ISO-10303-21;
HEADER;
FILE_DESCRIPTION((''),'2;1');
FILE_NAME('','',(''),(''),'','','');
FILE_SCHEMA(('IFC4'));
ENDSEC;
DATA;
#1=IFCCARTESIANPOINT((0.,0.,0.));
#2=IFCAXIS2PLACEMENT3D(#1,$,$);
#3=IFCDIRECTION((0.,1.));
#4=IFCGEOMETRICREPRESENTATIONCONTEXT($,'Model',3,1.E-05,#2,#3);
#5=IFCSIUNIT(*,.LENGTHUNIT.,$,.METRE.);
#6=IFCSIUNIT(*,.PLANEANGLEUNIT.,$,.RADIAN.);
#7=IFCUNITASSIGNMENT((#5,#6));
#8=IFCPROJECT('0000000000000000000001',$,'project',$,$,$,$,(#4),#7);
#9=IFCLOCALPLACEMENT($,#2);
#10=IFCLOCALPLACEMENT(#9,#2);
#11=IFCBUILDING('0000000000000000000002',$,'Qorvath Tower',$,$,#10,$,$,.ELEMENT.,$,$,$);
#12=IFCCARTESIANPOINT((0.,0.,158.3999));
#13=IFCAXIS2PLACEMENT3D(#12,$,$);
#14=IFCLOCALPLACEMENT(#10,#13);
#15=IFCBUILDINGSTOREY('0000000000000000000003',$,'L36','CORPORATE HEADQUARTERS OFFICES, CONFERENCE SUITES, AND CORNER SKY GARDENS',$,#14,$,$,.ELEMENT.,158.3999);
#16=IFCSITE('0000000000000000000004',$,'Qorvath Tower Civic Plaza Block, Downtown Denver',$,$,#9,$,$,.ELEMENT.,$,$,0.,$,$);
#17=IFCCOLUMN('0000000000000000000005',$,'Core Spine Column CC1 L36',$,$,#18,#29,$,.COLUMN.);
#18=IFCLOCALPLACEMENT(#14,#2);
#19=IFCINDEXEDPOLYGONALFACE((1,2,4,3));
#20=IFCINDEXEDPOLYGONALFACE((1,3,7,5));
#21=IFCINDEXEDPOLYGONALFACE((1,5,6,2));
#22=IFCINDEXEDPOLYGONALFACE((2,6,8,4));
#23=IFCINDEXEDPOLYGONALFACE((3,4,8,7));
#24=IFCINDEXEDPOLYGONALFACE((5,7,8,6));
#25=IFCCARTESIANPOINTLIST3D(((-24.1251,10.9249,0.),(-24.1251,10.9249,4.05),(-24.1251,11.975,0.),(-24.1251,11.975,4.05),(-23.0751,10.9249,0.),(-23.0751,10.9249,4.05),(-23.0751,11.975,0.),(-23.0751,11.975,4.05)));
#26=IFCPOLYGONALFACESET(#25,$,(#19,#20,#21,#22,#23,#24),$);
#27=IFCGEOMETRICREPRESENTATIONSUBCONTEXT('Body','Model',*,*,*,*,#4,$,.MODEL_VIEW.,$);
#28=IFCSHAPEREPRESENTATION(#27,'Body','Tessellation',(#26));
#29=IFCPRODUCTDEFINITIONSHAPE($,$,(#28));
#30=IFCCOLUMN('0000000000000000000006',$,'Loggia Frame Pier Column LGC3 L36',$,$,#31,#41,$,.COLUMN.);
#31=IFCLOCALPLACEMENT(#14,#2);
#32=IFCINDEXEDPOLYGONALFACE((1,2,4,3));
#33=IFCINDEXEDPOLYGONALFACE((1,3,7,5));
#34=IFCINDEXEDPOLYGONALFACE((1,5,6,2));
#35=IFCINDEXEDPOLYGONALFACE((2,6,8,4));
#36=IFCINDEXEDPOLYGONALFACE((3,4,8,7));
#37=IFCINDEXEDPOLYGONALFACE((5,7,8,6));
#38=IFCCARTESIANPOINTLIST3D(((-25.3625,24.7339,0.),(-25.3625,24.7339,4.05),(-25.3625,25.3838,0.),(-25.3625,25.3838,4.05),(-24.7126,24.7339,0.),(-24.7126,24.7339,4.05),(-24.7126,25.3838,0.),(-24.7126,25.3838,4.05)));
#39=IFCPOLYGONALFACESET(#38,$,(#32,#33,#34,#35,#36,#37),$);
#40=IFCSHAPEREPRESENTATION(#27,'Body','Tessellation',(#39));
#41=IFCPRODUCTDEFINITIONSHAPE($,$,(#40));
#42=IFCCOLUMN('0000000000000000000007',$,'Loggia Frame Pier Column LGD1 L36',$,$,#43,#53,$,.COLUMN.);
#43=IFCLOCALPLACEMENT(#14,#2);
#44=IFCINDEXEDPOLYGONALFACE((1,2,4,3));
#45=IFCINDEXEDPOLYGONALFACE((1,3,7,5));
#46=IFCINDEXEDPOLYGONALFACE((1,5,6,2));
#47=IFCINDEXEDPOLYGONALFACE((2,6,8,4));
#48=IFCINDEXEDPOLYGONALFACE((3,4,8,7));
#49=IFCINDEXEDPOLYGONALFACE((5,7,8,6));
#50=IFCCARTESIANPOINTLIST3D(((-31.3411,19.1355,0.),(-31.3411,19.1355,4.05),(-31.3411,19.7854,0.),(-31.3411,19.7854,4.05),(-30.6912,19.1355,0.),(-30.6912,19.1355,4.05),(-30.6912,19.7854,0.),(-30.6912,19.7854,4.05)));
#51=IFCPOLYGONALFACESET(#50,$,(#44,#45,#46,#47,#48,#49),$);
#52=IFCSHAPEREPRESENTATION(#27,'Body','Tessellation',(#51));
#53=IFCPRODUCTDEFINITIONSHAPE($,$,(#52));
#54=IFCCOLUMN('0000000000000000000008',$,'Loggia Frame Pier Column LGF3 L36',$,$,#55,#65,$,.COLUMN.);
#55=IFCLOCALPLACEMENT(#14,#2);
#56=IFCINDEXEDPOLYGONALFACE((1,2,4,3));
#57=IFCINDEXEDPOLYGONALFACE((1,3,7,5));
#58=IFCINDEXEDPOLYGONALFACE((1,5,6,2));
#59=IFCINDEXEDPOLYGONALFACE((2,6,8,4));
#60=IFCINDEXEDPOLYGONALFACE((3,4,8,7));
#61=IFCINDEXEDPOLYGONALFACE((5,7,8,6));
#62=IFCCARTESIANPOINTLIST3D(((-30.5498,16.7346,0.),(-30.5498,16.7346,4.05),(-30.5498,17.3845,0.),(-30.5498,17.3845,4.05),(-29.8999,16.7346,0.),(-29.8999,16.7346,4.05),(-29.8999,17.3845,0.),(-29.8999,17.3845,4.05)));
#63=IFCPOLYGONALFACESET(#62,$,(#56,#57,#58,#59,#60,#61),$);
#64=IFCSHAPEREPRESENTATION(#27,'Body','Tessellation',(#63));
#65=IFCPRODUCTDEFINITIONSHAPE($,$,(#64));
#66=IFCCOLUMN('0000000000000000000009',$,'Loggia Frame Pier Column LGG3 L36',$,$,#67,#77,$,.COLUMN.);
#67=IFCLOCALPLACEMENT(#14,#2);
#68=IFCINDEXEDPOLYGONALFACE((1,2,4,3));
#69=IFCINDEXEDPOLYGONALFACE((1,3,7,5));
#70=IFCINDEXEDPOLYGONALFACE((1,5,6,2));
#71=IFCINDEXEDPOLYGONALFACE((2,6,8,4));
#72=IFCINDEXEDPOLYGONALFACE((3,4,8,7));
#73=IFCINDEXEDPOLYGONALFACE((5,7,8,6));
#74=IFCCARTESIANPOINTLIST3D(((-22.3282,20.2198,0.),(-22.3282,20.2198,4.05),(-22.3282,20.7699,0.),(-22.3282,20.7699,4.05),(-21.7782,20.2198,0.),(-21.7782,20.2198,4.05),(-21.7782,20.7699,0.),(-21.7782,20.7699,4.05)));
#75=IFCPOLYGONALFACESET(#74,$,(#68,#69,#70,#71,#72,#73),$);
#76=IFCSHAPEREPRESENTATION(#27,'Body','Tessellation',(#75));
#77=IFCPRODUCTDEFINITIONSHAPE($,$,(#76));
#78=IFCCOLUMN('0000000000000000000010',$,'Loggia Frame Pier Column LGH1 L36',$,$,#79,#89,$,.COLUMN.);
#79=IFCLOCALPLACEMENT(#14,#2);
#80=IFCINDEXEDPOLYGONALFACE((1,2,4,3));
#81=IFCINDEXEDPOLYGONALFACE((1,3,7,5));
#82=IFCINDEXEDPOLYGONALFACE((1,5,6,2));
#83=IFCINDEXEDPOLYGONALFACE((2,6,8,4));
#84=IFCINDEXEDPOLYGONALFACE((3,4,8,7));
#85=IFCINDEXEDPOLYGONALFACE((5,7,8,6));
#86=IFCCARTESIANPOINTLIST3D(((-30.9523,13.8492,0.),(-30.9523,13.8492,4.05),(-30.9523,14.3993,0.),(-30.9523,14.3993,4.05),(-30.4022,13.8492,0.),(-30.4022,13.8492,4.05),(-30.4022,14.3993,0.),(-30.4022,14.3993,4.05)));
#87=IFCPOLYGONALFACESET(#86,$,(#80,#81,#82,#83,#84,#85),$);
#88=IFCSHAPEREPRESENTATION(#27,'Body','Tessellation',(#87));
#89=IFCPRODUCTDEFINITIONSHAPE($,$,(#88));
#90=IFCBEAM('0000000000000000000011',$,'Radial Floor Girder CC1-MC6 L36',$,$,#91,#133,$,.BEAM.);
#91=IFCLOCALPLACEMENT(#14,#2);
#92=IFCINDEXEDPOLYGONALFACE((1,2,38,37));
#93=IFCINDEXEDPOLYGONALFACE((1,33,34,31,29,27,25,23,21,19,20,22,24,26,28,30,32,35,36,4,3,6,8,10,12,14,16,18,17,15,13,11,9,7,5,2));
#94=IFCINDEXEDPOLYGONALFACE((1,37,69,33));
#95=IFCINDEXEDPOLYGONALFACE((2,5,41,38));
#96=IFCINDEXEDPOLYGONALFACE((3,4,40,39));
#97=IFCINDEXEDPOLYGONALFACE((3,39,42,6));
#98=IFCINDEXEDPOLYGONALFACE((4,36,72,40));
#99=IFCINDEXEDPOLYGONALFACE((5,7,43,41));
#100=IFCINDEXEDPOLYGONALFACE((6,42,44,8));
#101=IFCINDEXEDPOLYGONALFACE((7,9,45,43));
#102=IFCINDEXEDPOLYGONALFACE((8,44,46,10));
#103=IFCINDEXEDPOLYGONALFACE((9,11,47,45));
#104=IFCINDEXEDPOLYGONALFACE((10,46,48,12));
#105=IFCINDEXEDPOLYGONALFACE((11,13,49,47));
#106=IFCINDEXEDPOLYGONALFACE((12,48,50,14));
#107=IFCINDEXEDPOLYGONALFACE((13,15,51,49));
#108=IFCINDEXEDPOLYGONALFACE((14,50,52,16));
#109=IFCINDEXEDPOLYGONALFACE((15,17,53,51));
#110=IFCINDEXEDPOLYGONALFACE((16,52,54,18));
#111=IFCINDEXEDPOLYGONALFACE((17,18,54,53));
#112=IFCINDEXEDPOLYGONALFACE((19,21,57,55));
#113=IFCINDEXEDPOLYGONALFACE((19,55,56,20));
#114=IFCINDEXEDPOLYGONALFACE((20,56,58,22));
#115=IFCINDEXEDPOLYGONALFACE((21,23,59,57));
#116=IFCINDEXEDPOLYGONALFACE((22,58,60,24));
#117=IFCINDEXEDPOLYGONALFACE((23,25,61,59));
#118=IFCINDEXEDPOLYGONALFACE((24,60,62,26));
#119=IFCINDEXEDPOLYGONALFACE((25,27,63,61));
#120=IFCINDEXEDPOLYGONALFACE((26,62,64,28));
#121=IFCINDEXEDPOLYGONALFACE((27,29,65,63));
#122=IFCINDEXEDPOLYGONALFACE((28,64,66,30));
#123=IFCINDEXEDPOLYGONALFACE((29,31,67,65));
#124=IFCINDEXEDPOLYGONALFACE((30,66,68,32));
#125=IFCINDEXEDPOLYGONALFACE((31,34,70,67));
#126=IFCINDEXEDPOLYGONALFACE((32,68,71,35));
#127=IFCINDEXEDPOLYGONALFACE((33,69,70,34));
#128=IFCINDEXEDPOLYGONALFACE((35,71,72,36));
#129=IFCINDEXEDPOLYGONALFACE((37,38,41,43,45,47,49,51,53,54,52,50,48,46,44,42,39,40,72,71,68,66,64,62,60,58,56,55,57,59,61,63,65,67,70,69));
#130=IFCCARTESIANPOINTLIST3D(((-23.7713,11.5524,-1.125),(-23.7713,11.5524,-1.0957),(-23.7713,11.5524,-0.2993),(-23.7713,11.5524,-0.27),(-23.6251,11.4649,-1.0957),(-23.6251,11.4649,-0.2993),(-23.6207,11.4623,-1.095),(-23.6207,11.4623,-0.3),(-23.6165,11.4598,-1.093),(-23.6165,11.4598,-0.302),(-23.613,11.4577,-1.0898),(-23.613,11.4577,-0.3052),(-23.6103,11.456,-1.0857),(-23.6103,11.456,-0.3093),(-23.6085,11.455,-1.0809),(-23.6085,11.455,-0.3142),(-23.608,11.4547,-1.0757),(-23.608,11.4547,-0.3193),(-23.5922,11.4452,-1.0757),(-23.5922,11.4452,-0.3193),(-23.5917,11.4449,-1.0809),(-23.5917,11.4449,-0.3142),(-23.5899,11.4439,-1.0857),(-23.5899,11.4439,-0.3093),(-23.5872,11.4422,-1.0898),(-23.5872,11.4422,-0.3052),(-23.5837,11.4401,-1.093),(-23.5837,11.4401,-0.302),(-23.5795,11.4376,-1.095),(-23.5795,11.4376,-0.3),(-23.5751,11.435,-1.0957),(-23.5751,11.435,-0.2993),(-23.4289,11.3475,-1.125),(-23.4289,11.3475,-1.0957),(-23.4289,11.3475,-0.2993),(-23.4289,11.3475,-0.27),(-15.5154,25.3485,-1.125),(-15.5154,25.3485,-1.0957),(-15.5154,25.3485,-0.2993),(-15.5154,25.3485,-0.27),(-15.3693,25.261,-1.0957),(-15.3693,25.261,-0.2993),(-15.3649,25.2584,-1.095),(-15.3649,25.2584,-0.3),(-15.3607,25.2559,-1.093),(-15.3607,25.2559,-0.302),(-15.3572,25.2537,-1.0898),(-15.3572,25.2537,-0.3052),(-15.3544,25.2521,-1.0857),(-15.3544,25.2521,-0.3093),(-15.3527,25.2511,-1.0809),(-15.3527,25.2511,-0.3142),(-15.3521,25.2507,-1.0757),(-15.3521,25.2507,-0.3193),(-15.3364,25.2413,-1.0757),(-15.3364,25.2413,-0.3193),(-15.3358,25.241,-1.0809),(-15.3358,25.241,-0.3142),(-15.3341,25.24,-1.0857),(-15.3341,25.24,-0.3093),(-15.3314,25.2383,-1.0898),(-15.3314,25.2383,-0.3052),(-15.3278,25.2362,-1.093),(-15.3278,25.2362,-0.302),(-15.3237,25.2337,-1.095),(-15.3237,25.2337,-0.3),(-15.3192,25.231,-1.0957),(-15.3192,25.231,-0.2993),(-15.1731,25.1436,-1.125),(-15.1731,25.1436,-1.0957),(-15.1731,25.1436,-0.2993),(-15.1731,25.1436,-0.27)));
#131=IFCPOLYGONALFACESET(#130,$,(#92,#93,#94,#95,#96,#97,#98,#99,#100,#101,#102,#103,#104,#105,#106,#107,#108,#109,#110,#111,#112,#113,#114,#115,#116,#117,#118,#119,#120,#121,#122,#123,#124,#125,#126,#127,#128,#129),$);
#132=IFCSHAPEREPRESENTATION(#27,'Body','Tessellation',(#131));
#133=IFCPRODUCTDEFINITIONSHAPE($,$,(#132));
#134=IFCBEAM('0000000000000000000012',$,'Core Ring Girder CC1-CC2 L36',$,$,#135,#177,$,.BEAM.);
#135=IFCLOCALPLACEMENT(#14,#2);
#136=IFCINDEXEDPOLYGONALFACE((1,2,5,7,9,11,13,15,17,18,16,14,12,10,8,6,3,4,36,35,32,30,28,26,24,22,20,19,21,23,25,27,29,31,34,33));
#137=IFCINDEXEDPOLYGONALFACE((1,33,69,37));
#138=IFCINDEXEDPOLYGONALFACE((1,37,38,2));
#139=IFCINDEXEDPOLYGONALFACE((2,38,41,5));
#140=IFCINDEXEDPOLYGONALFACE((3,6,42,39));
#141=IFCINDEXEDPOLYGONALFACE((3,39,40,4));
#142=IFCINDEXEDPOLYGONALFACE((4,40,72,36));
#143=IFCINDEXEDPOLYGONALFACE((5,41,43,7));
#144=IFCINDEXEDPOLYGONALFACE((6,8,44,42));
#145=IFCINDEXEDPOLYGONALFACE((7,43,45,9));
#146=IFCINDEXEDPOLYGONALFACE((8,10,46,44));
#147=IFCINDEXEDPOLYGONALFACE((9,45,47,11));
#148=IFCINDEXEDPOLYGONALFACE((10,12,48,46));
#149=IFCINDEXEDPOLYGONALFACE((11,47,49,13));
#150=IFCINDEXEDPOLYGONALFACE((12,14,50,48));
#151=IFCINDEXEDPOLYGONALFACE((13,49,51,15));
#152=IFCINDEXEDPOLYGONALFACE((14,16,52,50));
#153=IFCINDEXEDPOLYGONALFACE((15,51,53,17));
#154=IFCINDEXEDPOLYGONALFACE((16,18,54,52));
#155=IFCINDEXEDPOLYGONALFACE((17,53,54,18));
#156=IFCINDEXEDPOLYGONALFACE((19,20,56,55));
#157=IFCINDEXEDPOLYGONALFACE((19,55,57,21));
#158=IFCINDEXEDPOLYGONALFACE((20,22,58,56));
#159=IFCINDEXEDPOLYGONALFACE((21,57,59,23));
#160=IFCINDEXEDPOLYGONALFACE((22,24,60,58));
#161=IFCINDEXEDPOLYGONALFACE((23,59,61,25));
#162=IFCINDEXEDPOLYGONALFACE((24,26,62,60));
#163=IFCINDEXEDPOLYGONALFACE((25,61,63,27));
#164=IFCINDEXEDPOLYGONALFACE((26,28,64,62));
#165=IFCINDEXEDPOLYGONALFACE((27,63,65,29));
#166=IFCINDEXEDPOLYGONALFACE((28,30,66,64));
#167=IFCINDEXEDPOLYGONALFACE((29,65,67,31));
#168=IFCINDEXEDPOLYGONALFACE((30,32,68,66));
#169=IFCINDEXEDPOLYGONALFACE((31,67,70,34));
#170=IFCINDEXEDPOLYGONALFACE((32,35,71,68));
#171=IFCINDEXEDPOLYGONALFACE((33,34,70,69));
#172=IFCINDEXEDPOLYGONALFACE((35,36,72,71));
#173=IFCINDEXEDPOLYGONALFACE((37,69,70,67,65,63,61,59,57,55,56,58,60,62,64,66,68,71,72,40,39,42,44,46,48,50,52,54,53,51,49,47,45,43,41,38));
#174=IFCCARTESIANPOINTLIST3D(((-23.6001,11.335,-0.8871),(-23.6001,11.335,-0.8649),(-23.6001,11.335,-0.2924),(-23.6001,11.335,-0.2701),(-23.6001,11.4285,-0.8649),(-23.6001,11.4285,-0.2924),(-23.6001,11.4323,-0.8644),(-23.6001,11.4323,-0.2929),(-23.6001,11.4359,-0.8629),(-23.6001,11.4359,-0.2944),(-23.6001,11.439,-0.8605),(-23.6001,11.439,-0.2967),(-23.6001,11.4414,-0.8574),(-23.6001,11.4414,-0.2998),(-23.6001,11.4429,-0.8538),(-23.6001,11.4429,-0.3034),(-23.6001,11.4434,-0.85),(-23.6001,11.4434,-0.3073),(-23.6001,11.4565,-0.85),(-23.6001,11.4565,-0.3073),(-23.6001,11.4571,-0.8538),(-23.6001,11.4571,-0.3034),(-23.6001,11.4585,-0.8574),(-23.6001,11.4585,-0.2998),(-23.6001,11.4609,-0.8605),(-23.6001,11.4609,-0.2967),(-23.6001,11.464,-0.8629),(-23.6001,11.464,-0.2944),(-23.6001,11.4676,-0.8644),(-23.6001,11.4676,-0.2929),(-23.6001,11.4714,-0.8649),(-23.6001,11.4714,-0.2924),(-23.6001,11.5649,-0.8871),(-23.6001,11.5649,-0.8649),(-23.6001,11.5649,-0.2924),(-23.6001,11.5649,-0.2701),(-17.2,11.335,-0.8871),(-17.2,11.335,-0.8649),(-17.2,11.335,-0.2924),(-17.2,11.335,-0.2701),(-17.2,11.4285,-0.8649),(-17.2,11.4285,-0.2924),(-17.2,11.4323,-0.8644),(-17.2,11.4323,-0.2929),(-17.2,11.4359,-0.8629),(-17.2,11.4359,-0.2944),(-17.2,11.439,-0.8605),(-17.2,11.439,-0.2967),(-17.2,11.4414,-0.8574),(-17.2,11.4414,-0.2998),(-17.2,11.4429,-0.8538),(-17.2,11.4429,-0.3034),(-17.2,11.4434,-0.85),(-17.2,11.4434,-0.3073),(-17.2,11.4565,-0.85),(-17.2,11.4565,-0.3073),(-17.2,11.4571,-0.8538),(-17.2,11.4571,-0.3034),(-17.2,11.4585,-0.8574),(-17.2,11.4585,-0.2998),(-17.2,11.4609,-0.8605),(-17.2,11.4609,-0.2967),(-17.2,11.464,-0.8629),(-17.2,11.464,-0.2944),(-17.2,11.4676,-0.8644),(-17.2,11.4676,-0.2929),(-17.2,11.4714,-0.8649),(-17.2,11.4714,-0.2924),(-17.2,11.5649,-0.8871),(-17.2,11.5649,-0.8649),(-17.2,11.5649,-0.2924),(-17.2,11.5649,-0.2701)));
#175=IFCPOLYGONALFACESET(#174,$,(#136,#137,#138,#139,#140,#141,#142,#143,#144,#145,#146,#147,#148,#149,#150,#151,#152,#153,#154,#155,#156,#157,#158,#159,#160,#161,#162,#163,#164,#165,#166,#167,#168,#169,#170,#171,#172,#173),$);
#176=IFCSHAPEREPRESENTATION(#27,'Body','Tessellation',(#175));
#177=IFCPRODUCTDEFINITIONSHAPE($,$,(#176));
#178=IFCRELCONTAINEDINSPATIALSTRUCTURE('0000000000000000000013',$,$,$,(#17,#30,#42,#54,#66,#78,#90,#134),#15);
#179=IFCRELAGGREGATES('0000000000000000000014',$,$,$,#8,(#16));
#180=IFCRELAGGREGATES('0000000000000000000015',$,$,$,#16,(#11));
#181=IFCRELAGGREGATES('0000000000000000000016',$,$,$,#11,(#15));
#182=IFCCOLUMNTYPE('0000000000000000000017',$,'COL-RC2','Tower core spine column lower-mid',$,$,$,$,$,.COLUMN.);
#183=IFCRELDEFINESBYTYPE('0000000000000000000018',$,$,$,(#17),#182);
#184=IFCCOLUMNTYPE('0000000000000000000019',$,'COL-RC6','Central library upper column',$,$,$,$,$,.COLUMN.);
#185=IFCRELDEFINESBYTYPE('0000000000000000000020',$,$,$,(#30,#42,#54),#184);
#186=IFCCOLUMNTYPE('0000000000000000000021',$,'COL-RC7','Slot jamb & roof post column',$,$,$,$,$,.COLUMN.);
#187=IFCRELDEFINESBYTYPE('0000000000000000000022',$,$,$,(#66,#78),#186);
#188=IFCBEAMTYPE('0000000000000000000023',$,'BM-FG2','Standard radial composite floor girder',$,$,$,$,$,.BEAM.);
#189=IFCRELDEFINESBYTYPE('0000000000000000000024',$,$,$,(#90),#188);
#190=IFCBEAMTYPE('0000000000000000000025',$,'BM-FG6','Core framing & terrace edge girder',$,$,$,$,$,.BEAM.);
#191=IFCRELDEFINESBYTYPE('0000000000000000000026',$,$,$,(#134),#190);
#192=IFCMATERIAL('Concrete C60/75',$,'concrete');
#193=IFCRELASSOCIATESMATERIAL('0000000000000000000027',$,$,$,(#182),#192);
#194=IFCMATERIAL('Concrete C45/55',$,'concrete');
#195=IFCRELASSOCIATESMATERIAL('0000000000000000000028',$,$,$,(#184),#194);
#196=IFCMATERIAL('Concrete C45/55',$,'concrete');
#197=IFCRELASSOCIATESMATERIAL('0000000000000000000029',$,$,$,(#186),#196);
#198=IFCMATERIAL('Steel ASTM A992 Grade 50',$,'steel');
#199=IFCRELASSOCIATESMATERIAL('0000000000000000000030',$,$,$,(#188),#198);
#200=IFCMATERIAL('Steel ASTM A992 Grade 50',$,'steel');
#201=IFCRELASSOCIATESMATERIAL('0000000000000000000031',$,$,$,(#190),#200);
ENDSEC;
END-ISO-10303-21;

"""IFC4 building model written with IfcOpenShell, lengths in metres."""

from ifc_helpers import new_model, si_unit, direction, frame, origin, origin_2d, place, context, subcontext, project, spatial, rectangle, i_section, extrude, material, material_profile, profile_set, type_object, element, save


model = new_model("IFC4")

# Units and contexts
model_context = context("Model", 3, precision=1e-05, world=origin(), true_north=direction((0.0, 1.0)))
body_context = subcontext(model_context, "Body", "Model", "MODEL_VIEW")
ifc_project = project(units=[si_unit("LENGTHUNIT", "METRE"), si_unit("PLANEANGLEUNIT", "RADIAN")], contexts=[model_context])

# Site, building, storey
site_placement = place(None, origin())
site = spatial("IfcSite", under=ifc_project, at=site_placement, Name="Qorvath Tower Civic Plaza Block, Downtown Denver", CompositionType="ELEMENT", RefElevation=0.0)
building_placement = place(site_placement, origin())
building = spatial("IfcBuilding", under=site, at=building_placement, Name="Qorvath Tower", CompositionType="ELEMENT")
storey_placement = place(building_placement, frame((0.0, 0.0, 158.3999)))
storey = spatial("IfcBuildingStorey", under=building, at=storey_placement, Name="L36", Description="CORPORATE HEADQUARTERS OFFICES, CONFERENCE SUITES, AND CORNER SKY GARDENS", CompositionType="ELEMENT", Elevation=158.3999)

# Columns
ifc_material_1 = material(Name="Concrete C60/75", Category="concrete")
ifc_material_profile_1 = material_profile(ifc_material_1, rectangle(XDim=1.05, YDim=1.05, at=origin_2d()), Name="RC 1050x1050")
ifc_profile_set_1 = profile_set([ifc_material_profile_1], Name="Concrete C60/75")
column_type_1 = type_object("IfcColumnType", Name="COL-RC2", Description="Tower core spine column lower-mid", PredefinedType="COLUMN", material=ifc_profile_set_1)
column_placement = place(storey_placement, frame((-23.6001, 11.45, 0.0), z_axis=(0.0, 0.0, 1.0), x_axis=(1.0, 0.0, 0.0)))
element("IfcColumn", 1, at=column_placement, inside=storey, type_object=column_type_1, Name="Core Spine Column CC1 L36", PredefinedType="COLUMN", context=body_context, shape_type="SweptSolid", body=[
    extrude(rectangle(XDim=1.05, YDim=1.05, at=origin_2d()), origin(), (0.0, 0.0, 1.0), 4.05),
])
ifc_material_2 = material(Name="Concrete C45/55", Category="concrete")
ifc_material_profile_2 = material_profile(ifc_material_2, rectangle(XDim=0.6499, YDim=0.6499, at=origin_2d()), Name="RC 650x650")
ifc_profile_set_2 = profile_set([ifc_material_profile_2], Name="Concrete C45/55")
column_type_2 = type_object("IfcColumnType", Name="COL-RC6", Description="Central library upper column", PredefinedType="COLUMN", material=ifc_profile_set_2)
for number, where, z_axis, x_axis, name in (
    (2, (-25.0376, 25.0588, 0.0), (0.0, 0.0, 1.0), (1.0, 0.0, 0.0), "Loggia Frame Pier Column LGC3 L36"),
    (3, (-31.0161, 19.4604, 0.0), (0.0, 0.0, 1.0), (1.0, 0.0, 0.0), "Loggia Frame Pier Column LGD1 L36"),
    (4, (-30.2249, 17.0596, 0.0), (0.0, 0.0, 1.0), (1.0, 0.0, 0.0), "Loggia Frame Pier Column LGF3 L36"),
):
    element("IfcColumn", number, at=place(storey_placement, frame(where, z_axis=z_axis, x_axis=x_axis)), inside=storey, type_object=column_type_2, Name=name, PredefinedType="COLUMN", context=body_context, shape_type="SweptSolid", body=[
        extrude(rectangle(XDim=0.6499, YDim=0.6499, at=origin_2d()), origin(), (0.0, 0.0, 1.0), 4.05),
    ])
ifc_material_3 = material(Name="Concrete C45/55", Category="concrete")
ifc_material_profile_3 = material_profile(ifc_material_3, rectangle(XDim=0.55, YDim=0.55, at=origin_2d()), Name="RC 550x550")
ifc_profile_set_3 = profile_set([ifc_material_profile_3], Name="Concrete C45/55")
column_type_3 = type_object("IfcColumnType", Name="COL-RC7", Description="Slot jamb & roof post column", PredefinedType="COLUMN", material=ifc_profile_set_3)
for number, where, z_axis, x_axis, name in (
    (5, (-22.0532, 20.4949, 0.0), (0.0, 0.0, 1.0), (1.0, 0.0, 0.0), "Loggia Frame Pier Column LGG3 L36"),
    (6, (-30.6772, 14.1243, 0.0), (0.0, 0.0, 1.0), (1.0, 0.0, 0.0), "Loggia Frame Pier Column LGH1 L36"),
):
    element("IfcColumn", number, at=place(storey_placement, frame(where, z_axis=z_axis, x_axis=x_axis)), inside=storey, type_object=column_type_3, Name=name, PredefinedType="COLUMN", context=body_context, shape_type="SweptSolid", body=[
        extrude(rectangle(XDim=0.55, YDim=0.55, at=origin_2d()), origin(), (0.0, 0.0, 1.0), 4.05),
    ])

# Beams
ifc_material_4 = material(Name="Steel ASTM A992 Grade 50", Category="steel")
ifc_material_profile_4 = material_profile(ifc_material_4, i_section(OverallWidth=0.3989, OverallDepth=0.855, WebThickness=0.0183, FlangeThickness=0.0293, FilletRadius=0.02, at=origin_2d()), Name="W33x201")
ifc_profile_set_4 = profile_set([ifc_material_profile_4], Name="Steel ASTM A992 Grade 50")
beam_type_1 = type_object("IfcBeamType", Name="BM-FG2", Description="Standard radial composite floor girder", PredefinedType="BEAM", material=ifc_profile_set_4)
beam_1_placement = place(storey_placement, frame((-23.6001, 11.45, -0.6975), z_axis=(0.513497, 0.858091, 0.0), x_axis=(-0.858091, 0.513497, 0.0)))
element("IfcBeam", 7, at=beam_1_placement, inside=storey, type_object=beam_type_1, Name="Radial Floor Girder CC1-MC6 L36", PredefinedType="BEAM", context=body_context, shape_type="SweptSolid", body=[
    extrude(i_section(OverallWidth=0.3989, OverallDepth=0.855, WebThickness=0.0183, FlangeThickness=0.0293, FilletRadius=0.02, at=origin_2d()), origin(), (0.0, 0.0, 1.0), 16.0776),
])
ifc_material_5 = material(Name="Steel ASTM A992 Grade 50", Category="steel")
ifc_material_profile_5 = material_profile(ifc_material_5, i_section(OverallWidth=0.23, OverallDepth=0.6169, WebThickness=0.0132, FlangeThickness=0.0222, FilletRadius=0.0149, at=origin_2d()), Name="W24x94")
ifc_profile_set_5 = profile_set([ifc_material_profile_5], Name="Steel ASTM A992 Grade 50")
beam_type_2 = type_object("IfcBeamType", Name="BM-FG6", Description="Core framing & terrace edge girder", PredefinedType="BEAM", material=ifc_profile_set_5)
beam_2_placement = place(storey_placement, frame((-23.6001, 11.45, -0.5786), z_axis=(1.0, 0.0, 0.0), x_axis=(0.0, 1.0, 0.0)))
element("IfcBeam", 8, at=beam_2_placement, inside=storey, type_object=beam_type_2, Name="Core Ring Girder CC1-CC2 L36", PredefinedType="BEAM", context=body_context, shape_type="SweptSolid", body=[
    extrude(i_section(OverallWidth=0.23, OverallDepth=0.6169, WebThickness=0.0132, FlangeThickness=0.0222, FilletRadius=0.0149, at=origin_2d()), origin(), (0.0, 0.0, 1.0), 6.4001),
])

save(model, "model.ifc")
